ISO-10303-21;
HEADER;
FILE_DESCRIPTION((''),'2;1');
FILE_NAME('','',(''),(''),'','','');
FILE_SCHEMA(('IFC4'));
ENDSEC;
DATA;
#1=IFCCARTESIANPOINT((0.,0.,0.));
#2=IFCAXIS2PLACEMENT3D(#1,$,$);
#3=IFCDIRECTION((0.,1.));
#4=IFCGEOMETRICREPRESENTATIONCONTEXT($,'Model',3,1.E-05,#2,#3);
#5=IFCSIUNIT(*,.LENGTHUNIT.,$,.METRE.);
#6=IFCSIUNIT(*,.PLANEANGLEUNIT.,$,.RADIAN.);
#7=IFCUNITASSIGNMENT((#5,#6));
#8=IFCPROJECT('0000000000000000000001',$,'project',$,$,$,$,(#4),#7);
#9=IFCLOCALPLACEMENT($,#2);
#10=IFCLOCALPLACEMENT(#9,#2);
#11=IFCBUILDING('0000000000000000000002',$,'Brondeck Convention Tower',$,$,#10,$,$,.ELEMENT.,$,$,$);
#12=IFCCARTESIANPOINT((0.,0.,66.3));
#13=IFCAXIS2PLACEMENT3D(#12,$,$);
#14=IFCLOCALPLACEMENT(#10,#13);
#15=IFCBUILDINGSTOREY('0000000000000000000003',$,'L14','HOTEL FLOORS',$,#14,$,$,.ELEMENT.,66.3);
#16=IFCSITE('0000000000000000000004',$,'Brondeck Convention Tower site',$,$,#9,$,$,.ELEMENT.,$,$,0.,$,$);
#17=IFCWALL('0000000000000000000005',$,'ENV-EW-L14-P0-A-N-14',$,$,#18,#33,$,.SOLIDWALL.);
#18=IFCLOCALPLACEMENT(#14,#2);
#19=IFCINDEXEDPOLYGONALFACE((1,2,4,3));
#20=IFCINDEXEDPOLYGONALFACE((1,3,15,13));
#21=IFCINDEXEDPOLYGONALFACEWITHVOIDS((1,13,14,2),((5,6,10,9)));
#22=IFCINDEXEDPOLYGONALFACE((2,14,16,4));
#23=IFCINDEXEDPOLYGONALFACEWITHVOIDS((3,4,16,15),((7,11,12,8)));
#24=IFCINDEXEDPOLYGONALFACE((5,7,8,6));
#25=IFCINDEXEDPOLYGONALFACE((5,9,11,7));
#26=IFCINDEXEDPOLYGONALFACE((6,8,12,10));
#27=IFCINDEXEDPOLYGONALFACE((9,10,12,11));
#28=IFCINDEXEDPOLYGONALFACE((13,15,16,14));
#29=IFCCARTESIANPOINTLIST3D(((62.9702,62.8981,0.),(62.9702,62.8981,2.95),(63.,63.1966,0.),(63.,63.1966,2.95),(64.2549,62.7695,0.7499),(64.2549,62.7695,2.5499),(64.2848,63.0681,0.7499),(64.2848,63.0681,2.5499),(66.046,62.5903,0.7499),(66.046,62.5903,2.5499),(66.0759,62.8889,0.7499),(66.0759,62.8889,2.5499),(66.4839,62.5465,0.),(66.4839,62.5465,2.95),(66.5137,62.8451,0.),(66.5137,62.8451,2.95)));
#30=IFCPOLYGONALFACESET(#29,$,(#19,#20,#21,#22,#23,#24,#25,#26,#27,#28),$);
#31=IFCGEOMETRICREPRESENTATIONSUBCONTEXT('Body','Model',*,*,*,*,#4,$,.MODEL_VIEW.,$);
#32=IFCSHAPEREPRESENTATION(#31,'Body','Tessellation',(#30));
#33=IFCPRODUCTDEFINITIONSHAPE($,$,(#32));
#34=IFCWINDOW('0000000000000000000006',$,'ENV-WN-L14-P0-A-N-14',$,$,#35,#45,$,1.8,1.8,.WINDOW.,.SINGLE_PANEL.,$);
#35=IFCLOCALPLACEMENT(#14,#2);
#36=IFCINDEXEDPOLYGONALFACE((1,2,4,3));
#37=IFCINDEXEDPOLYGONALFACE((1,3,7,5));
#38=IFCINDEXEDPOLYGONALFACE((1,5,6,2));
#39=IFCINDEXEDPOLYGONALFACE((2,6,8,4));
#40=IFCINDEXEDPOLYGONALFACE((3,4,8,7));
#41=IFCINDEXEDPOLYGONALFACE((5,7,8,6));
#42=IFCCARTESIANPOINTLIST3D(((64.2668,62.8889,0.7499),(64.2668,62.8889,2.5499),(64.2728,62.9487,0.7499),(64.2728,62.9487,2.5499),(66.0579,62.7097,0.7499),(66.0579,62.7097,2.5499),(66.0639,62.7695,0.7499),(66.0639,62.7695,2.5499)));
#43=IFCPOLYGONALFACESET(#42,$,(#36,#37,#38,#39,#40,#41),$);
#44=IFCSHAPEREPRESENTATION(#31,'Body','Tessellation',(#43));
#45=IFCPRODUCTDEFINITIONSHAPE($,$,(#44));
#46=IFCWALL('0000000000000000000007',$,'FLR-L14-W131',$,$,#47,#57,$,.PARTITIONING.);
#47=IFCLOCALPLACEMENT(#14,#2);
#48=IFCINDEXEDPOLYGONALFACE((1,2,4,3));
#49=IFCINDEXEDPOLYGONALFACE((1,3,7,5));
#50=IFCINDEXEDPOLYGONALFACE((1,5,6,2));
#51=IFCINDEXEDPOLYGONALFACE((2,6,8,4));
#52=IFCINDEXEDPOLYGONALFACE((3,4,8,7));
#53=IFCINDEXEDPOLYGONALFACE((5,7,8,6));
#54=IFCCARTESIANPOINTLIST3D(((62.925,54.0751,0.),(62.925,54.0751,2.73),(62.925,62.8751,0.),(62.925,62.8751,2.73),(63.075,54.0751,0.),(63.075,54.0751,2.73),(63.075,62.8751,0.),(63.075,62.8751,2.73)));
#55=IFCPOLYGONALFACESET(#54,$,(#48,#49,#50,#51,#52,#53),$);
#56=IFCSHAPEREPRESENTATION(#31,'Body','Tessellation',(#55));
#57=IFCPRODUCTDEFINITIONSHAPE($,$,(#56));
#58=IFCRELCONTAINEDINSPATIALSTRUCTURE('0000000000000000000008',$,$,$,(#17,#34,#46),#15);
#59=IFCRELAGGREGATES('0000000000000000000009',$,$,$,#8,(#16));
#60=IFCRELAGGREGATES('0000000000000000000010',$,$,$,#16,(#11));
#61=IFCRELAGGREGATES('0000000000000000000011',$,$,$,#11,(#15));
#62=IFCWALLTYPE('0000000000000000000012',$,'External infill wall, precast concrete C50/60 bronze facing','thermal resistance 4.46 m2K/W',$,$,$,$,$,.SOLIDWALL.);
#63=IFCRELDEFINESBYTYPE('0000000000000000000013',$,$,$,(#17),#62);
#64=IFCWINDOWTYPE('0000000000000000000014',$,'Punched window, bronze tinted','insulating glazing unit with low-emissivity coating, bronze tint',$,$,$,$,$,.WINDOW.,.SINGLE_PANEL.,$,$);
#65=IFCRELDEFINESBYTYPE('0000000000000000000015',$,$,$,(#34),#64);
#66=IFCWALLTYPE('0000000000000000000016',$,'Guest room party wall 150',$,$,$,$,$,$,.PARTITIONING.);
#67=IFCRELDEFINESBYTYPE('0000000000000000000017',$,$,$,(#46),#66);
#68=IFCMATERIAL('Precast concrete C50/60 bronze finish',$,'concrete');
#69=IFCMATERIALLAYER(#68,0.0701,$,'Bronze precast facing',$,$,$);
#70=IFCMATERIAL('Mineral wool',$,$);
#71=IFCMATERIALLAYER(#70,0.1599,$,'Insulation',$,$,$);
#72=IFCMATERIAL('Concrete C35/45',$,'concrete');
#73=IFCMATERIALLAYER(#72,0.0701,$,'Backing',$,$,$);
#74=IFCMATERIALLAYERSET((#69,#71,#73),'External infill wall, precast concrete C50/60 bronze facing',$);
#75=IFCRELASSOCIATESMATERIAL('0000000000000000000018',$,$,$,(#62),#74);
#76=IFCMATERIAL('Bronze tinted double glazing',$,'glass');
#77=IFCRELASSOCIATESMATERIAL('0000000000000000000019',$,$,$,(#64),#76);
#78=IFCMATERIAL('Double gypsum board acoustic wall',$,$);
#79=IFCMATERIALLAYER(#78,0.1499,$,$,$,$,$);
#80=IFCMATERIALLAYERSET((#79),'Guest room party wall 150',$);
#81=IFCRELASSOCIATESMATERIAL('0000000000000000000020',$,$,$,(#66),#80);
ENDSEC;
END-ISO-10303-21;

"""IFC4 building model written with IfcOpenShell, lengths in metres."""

from ifc_helpers import new_model, si_unit, direction, frame, frame_2d, origin, place, context, subcontext, project, spatial, rectangle, extrude, material, layer, layer_set, type_object, element, fill, save


model = new_model("IFC4")

# Units and contexts
model_context = context("Model", 3, precision=1e-05, world=origin(), true_north=direction((0.0, 1.0)))
body_context = subcontext(model_context, "Body", "Model", "MODEL_VIEW")
ifc_project = project(units=[si_unit("LENGTHUNIT", "METRE"), si_unit("PLANEANGLEUNIT", "RADIAN")], contexts=[model_context])

# Site, building, storey
site_placement = place(None, origin())
site = spatial("IfcSite", under=ifc_project, at=site_placement, Name="Brondeck Convention Tower site", CompositionType="ELEMENT", RefElevation=0.0)
building_placement = place(site_placement, origin())
building = spatial("IfcBuilding", under=site, at=building_placement, Name="Brondeck Convention Tower", CompositionType="ELEMENT")
storey_placement = place(building_placement, frame((0.0, 0.0, 66.3)))
storey = spatial("IfcBuildingStorey", under=building, at=storey_placement, Name="L14", Description="HOTEL FLOORS", CompositionType="ELEMENT", Elevation=66.3)

# Shared definitions
ifc_material_1 = material(Name="Precast concrete C50/60 bronze finish", Category="concrete")
ifc_layer_1 = layer(ifc_material_1, 0.0701, Name="Bronze precast facing")
ifc_material_2 = material(Name="Mineral wool")
ifc_layer_2 = layer(ifc_material_2, 0.1599, Name="Insulation")
ifc_material_3 = material(Name="Concrete C35/45", Category="concrete")
ifc_layer_3 = layer(ifc_material_3, 0.0701, Name="Backing")
ifc_layer_set_1 = layer_set([ifc_layer_1, ifc_layer_2, ifc_layer_3], Name="External infill wall, precast concrete C50/60 bronze facing")
wall_type_1 = type_object("IfcWallType", Name="External infill wall, precast concrete C50/60 bronze facing", Description="thermal resistance 4.46 m2K/W", PredefinedType="SOLIDWALL", material=ifc_layer_set_1)
ifc_material_4 = material(Name="Bronze tinted double glazing", Category="glass")
window_type_1 = type_object("IfcWindowType", Name="Punched window, bronze tinted", Description="insulating glazing unit with low-emissivity coating, bronze tint", PartitioningType="SINGLE_PANEL", PredefinedType="WINDOW", material=ifc_material_4)

# Wall, opening, window
wall_1_placement = place(storey_placement, frame((62.9851, 63.0474, 0.0), z_axis=(0.0, 0.0, 1.0), x_axis=(0.995032, -0.099558, 0.0)))
wall_1 = element("IfcWall", 1, at=wall_1_placement, inside=storey, type_object=wall_type_1, Name="ENV-EW-L14-P0-A-N-14", PredefinedType="SOLIDWALL", context=body_context, shape_type="SweptSolid", body=[
    extrude(rectangle(XDim=3.5312, YDim=0.3, at=frame_2d((1.7656, 0.0))), origin(), (0.0, 0.0, 1.0), 2.95),
])
opening_1_placement = place(wall_1_placement, frame((1.2913, 0.0, 0.75)))
opening_1 = element("IfcOpeningElement", 2, at=opening_1_placement, cuts=wall_1, PredefinedType="OPENING", context=body_context, shape_type="SweptSolid", body=[
    extrude(rectangle(XDim=1.8, YDim=1.8, at=frame_2d((0.8999, 0.8999))), frame((0.0, 0.1599, 0.0), z_axis=(0.0, -1.0, 0.0), x_axis=(1.0, 0.0, 0.0)), (0.0, 0.0, 1.0), 0.3201),
])
window_1_placement = place(opening_1_placement, origin())
window_1 = element("IfcWindow", 3, at=window_1_placement, inside=storey, type_object=window_type_1, Name="ENV-WN-L14-P0-A-N-14", OverallHeight=1.8, OverallWidth=1.8, PartitioningType="SINGLE_PANEL", PredefinedType="WINDOW", context=body_context, shape_type="SweptSolid", body=[
    extrude(rectangle(XDim=1.8, YDim=1.8, at=frame_2d((0.8999, 0.8999))), frame((0.0, 0.03, 0.0), z_axis=(0.0, -1.0, 0.0), x_axis=(1.0, 0.0, 0.0)), (0.0, 0.0, 1.0), 0.0601),
])
fill(opening_1, window_1)

# Wall
ifc_material_5 = material(Name="Double gypsum board acoustic wall")
ifc_layer_4 = layer(ifc_material_5, 0.1499)
ifc_layer_set_2 = layer_set([ifc_layer_4], Name="Guest room party wall 150")
wall_type_2 = type_object("IfcWallType", Name="Guest room party wall 150", PredefinedType="PARTITIONING", material=ifc_layer_set_2)
wall_2_placement = place(storey_placement, frame((63.0, 62.875, 0.0), z_axis=(0.0, 0.0, 1.0), x_axis=(0.0, -1.0, 0.0)))
element("IfcWall", 4, at=wall_2_placement, inside=storey, type_object=wall_type_2, Name="FLR-L14-W131", PredefinedType="PARTITIONING", context=body_context, shape_type="SweptSolid", body=[
    extrude(rectangle(XDim=8.8, YDim=0.1499, at=frame_2d((4.3999, 0.0))), origin(), (0.0, 0.0, 1.0), 2.73),
])

save(model, "model.ifc")
